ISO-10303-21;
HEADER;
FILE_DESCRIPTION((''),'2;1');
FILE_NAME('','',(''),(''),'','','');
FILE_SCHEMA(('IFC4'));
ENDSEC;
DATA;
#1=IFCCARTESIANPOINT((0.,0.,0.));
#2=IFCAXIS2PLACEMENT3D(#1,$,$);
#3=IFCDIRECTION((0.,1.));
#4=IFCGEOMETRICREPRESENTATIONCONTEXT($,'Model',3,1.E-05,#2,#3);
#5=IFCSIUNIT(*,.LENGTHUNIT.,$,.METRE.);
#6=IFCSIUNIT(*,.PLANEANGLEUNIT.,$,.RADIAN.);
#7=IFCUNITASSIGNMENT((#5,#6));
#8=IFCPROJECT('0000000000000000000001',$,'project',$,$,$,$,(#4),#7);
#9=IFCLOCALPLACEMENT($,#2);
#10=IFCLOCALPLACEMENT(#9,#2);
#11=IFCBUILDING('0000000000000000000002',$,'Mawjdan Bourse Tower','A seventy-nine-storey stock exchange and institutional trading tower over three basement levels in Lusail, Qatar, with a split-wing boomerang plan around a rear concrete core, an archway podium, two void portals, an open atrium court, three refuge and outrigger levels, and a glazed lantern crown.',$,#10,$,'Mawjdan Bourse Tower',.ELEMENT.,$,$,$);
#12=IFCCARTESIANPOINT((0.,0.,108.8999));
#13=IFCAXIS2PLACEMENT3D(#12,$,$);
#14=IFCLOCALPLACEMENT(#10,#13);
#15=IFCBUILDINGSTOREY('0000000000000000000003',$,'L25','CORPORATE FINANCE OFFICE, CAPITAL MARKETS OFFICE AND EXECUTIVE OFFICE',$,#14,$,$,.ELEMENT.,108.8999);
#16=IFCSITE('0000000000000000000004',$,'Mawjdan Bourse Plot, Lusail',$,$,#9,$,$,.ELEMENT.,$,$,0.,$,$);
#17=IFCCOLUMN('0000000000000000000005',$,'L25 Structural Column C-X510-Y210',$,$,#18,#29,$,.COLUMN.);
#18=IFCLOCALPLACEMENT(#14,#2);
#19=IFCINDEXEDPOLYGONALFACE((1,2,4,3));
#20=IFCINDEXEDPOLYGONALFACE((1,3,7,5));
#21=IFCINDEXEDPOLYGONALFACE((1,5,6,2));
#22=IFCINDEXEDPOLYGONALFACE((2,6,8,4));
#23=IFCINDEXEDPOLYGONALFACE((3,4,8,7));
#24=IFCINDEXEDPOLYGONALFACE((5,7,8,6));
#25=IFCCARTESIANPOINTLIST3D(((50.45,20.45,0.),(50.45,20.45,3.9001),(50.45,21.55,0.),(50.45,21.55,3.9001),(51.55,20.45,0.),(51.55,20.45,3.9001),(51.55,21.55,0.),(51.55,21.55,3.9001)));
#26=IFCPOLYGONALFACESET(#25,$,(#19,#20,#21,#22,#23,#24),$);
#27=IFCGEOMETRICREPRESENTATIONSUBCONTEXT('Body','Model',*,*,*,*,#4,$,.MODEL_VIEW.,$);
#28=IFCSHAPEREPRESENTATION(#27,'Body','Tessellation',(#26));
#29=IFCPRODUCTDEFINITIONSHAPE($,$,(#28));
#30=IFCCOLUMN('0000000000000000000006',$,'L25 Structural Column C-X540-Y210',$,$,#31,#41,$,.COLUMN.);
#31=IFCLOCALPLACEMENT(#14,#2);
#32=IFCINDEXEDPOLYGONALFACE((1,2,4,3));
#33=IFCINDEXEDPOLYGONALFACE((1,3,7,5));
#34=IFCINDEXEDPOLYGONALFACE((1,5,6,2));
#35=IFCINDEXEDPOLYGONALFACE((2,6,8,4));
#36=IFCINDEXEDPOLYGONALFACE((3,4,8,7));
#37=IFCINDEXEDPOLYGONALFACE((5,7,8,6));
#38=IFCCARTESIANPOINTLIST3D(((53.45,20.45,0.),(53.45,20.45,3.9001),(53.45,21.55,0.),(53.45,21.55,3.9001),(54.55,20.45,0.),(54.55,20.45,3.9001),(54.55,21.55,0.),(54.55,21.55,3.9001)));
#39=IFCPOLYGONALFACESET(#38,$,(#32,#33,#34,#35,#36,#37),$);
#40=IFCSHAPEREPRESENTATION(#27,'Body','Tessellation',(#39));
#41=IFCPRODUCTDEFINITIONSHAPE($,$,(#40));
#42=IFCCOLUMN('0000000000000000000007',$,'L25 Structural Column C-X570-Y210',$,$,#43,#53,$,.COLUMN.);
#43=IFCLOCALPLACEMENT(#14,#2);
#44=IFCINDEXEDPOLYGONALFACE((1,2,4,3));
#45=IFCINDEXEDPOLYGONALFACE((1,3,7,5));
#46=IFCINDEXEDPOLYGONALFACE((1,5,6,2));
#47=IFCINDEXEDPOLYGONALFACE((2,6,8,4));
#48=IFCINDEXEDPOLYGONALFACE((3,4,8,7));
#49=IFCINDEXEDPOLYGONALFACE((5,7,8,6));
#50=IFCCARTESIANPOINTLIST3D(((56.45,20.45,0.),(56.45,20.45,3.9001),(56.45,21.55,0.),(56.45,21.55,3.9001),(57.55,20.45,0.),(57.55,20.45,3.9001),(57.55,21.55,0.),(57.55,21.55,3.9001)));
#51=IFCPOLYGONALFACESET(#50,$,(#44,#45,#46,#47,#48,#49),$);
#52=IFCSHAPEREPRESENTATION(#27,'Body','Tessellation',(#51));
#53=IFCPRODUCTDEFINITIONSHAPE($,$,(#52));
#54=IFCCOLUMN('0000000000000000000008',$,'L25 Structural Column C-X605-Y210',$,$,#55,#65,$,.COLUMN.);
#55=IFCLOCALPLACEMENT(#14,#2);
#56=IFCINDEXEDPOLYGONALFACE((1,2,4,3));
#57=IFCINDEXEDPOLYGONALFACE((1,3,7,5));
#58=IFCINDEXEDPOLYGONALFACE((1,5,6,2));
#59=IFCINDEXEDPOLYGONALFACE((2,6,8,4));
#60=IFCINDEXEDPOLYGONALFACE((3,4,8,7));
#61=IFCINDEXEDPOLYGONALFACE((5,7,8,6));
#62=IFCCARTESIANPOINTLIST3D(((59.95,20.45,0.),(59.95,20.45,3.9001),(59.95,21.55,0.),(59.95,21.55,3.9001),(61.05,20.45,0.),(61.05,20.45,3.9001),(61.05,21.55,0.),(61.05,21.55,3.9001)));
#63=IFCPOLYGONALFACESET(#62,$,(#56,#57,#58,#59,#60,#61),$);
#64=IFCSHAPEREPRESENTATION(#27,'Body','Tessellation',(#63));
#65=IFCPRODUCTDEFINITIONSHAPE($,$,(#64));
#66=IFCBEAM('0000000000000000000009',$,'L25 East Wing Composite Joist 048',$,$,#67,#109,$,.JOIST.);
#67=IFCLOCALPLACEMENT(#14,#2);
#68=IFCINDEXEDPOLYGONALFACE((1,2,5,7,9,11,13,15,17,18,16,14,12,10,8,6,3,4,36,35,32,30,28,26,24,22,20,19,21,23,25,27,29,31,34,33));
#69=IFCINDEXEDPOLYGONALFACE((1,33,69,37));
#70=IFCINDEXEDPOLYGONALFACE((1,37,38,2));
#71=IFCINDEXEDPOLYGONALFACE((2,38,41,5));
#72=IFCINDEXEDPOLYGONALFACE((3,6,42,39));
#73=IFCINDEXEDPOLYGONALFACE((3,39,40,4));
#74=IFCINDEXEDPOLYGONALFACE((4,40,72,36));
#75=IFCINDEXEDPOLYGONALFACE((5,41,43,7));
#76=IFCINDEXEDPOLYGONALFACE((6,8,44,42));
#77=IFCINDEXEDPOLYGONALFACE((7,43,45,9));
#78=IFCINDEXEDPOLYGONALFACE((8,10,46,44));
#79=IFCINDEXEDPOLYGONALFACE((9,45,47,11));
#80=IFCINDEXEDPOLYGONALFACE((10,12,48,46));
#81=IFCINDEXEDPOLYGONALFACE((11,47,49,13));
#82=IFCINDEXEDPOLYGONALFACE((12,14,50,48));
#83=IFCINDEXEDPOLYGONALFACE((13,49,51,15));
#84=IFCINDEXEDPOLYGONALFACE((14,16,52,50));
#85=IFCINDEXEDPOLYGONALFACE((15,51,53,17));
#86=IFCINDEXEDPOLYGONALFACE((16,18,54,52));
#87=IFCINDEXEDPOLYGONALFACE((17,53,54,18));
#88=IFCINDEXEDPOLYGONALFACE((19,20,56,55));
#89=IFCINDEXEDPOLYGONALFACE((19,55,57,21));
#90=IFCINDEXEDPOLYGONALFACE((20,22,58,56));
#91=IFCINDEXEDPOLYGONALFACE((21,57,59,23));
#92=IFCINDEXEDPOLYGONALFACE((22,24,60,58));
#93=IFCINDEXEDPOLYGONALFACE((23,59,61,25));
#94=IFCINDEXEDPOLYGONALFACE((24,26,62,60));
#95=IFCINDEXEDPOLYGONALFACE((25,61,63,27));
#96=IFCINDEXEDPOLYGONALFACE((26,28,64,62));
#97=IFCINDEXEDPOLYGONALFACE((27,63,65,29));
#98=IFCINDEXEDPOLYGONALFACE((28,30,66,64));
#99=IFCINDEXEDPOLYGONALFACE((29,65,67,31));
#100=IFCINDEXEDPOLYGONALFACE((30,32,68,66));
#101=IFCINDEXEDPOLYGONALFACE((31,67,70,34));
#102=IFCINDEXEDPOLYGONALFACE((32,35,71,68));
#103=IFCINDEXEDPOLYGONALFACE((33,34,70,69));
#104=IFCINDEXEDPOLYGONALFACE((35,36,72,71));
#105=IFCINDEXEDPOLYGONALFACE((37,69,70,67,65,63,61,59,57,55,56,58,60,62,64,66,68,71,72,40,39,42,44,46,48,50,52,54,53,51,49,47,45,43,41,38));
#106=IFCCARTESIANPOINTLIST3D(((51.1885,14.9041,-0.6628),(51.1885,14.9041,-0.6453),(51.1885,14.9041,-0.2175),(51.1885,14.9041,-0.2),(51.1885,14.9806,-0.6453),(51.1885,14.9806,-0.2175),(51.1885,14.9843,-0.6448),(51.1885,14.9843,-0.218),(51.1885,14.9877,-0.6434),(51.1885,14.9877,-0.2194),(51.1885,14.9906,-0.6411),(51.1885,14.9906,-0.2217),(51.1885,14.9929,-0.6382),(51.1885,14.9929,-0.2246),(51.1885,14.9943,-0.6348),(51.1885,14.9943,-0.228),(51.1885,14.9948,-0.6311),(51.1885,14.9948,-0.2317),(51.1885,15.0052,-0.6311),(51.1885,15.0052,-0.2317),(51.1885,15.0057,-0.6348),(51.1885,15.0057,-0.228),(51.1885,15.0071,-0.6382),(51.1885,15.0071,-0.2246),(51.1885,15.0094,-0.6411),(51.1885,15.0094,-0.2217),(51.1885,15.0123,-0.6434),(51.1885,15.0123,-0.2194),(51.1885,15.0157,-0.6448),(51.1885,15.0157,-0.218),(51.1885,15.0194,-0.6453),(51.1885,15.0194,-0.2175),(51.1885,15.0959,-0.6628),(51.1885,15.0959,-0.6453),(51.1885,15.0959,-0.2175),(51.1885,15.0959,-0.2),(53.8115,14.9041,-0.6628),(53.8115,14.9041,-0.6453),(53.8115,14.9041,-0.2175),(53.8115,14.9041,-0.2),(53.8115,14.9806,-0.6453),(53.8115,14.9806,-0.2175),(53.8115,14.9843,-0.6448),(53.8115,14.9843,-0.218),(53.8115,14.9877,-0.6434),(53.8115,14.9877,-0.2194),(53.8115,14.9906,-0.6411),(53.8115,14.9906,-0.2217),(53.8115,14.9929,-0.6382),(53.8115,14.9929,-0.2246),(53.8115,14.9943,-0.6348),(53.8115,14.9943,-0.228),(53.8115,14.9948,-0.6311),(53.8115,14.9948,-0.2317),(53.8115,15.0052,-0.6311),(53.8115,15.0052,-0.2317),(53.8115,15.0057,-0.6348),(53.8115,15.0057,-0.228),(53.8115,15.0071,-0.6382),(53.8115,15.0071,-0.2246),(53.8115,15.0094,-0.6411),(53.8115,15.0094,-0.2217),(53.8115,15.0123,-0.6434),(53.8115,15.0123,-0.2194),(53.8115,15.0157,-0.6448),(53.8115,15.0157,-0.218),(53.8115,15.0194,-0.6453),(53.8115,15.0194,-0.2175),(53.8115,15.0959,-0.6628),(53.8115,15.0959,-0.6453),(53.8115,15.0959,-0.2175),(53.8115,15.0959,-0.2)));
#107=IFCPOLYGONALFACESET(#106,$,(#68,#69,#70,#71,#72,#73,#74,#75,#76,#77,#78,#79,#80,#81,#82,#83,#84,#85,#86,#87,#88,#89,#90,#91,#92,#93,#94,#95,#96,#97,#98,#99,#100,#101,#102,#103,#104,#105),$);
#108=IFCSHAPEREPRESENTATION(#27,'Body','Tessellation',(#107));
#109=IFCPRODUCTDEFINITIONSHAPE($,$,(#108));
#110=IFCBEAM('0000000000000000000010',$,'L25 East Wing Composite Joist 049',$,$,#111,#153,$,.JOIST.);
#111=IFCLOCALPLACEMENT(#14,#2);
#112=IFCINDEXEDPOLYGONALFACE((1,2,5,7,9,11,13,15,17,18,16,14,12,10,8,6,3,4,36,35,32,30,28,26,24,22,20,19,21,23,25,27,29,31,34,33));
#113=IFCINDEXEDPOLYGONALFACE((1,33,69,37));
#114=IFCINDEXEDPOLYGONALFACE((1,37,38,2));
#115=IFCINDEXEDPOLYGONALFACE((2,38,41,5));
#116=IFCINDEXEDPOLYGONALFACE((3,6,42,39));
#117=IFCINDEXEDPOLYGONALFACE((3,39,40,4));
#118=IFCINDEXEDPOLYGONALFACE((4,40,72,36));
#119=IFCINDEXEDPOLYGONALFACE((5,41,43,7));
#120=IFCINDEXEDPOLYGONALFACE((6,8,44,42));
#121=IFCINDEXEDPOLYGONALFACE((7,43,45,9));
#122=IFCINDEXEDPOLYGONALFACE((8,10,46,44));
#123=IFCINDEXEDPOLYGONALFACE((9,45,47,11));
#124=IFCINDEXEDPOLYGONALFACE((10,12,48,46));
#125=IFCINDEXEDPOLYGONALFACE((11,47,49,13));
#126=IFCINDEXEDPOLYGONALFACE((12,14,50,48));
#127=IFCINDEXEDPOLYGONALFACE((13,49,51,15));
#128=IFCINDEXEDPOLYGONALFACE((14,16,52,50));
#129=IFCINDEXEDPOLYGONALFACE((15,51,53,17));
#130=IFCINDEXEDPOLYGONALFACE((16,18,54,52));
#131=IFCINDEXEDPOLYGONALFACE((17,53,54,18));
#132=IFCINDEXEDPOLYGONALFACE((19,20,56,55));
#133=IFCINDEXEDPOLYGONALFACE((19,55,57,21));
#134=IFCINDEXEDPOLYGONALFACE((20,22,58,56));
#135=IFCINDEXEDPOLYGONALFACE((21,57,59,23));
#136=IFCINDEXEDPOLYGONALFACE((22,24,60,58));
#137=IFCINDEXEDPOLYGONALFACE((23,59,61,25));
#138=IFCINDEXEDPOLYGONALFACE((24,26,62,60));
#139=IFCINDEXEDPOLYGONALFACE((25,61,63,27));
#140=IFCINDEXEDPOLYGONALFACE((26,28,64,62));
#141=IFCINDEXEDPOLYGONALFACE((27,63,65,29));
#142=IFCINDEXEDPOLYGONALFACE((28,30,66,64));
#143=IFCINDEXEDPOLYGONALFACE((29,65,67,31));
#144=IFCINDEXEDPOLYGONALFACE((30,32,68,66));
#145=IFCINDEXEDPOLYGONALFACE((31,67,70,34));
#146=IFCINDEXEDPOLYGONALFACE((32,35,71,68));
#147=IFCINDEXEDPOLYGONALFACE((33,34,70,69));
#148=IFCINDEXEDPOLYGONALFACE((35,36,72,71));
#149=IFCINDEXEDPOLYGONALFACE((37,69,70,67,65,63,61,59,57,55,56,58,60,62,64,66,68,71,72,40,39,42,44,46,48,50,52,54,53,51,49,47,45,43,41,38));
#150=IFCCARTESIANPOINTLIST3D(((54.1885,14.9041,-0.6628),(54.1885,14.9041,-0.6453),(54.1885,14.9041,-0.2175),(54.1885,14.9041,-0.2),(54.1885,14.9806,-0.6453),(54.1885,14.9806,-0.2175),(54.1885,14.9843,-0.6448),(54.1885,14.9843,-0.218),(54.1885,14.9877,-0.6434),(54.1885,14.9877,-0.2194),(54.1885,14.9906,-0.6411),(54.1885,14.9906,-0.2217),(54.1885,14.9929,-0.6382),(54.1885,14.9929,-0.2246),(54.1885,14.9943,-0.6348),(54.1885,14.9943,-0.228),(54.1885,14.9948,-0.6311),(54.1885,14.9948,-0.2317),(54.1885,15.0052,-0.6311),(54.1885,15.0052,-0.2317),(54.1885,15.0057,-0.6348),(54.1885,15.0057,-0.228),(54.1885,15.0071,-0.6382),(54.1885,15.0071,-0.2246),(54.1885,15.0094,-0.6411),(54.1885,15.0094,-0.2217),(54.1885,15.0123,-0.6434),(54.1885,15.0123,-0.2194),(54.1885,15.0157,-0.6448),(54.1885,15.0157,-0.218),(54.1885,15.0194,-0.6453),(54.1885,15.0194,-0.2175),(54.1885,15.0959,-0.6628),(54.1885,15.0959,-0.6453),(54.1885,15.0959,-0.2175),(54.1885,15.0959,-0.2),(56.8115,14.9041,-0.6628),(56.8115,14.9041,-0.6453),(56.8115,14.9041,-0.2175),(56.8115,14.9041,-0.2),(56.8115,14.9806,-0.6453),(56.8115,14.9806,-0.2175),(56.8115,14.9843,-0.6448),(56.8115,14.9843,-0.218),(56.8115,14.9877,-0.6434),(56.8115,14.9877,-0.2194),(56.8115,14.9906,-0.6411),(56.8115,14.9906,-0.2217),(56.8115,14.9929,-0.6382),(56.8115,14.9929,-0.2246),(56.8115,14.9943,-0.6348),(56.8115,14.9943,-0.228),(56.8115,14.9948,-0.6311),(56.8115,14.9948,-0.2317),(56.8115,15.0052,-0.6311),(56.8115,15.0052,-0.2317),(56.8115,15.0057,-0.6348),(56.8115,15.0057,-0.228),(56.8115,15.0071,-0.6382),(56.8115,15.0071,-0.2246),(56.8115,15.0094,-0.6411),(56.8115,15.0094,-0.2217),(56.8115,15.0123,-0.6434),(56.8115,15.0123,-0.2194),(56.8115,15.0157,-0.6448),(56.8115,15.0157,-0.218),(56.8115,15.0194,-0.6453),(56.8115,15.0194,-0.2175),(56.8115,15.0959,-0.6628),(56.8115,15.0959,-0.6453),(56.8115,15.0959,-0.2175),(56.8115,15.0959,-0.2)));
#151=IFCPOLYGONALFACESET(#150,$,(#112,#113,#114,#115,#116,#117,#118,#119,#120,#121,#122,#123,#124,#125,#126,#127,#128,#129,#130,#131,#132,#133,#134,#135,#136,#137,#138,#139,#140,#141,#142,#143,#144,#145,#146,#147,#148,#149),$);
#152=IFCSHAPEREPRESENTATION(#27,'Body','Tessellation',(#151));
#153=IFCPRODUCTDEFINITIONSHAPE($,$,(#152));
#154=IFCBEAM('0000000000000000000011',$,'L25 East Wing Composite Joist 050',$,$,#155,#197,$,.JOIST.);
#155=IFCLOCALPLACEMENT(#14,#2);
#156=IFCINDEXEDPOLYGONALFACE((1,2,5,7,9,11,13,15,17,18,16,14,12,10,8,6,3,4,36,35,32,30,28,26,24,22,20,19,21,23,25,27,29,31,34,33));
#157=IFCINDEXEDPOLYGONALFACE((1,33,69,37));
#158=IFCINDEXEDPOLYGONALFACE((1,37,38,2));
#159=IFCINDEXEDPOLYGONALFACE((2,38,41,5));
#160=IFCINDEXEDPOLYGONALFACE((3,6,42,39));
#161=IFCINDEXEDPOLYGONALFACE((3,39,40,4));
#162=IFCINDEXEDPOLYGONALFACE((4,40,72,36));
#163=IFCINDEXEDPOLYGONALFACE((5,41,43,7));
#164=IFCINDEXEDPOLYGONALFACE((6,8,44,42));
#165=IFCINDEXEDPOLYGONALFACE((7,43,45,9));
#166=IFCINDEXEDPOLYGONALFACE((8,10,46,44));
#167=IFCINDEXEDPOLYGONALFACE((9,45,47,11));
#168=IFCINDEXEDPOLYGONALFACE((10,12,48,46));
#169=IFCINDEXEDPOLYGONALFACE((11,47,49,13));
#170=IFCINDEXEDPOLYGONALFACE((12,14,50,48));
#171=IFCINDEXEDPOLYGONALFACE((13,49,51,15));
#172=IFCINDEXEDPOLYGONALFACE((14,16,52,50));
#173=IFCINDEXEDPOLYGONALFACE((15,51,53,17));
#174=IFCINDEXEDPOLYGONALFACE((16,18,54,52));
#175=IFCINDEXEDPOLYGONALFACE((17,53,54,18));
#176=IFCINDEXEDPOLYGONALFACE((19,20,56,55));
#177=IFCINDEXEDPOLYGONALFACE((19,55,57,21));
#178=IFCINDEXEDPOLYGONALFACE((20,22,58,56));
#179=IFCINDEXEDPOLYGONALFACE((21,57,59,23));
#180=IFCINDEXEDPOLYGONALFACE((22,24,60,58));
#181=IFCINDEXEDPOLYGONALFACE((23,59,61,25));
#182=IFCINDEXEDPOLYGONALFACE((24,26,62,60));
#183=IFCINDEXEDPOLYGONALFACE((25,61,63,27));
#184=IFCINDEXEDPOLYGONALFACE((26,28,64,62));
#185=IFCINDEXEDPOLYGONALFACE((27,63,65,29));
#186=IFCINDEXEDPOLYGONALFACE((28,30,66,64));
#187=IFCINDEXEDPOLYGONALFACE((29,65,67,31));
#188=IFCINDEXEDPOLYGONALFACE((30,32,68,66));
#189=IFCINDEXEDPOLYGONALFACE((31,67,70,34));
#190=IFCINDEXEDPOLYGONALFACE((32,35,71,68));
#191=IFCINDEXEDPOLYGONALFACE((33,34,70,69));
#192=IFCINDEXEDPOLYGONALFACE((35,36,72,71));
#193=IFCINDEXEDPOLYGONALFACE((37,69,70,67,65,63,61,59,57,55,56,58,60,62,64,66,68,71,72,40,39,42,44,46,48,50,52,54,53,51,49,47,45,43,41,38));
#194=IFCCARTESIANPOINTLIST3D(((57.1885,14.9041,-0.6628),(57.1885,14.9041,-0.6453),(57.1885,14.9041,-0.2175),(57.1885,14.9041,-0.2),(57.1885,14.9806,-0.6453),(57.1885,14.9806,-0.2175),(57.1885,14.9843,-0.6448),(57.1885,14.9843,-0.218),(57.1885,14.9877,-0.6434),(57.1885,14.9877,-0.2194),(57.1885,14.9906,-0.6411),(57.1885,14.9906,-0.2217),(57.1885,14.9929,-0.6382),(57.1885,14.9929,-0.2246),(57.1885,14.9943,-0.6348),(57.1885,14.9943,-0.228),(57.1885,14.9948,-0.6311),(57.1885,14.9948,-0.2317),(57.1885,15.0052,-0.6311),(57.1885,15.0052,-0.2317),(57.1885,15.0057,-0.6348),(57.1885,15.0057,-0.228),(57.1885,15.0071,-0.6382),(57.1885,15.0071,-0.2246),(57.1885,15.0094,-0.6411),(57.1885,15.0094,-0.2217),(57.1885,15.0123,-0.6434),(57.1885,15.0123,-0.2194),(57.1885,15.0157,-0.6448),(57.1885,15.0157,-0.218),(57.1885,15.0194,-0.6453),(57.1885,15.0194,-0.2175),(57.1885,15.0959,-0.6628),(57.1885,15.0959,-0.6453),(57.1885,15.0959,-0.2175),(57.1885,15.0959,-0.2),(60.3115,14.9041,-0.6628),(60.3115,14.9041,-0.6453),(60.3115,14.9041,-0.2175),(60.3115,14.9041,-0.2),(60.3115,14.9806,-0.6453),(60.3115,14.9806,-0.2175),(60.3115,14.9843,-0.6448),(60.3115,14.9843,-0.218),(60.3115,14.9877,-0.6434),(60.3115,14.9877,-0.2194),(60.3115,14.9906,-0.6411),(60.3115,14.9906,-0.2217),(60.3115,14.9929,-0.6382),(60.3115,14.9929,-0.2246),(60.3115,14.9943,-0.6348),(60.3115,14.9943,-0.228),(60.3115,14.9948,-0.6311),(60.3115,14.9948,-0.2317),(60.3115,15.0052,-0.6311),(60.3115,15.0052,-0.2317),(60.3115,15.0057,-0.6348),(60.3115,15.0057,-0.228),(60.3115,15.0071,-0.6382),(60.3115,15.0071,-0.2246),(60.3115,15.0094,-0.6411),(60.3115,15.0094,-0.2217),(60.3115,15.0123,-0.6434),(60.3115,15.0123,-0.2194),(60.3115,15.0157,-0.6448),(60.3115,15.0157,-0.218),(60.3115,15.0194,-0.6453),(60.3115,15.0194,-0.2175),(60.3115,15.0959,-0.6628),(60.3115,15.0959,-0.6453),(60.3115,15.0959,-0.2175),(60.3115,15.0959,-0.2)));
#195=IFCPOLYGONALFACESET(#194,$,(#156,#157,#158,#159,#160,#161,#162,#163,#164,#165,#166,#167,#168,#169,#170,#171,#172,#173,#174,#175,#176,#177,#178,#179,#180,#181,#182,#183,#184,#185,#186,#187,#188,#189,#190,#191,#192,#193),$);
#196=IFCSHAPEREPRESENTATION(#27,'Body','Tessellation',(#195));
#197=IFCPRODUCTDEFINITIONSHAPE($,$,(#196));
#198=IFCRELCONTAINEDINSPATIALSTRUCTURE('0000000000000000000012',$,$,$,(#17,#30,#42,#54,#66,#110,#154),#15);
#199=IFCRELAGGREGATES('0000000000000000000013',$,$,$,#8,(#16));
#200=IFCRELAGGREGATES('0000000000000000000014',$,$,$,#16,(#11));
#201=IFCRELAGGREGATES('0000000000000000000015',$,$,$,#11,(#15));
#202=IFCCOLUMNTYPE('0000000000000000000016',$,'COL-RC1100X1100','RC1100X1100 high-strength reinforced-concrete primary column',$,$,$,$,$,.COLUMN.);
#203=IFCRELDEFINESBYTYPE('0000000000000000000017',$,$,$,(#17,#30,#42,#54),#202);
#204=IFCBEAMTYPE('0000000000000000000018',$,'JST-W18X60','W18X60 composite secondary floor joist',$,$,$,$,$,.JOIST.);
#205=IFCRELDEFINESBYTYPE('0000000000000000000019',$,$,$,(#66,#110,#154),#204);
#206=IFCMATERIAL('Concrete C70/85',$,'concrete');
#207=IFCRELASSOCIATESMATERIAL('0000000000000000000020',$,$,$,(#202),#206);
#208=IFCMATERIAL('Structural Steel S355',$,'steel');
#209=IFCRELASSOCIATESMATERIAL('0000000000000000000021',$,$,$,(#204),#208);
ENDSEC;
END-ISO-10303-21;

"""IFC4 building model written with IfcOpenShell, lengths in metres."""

from ifc_helpers import new_model, si_unit, direction, frame, origin, origin_2d, place, context, subcontext, project, spatial, rectangle, i_section, extrude, material, material_profile, profile_set, type_object, element, save


model = new_model("IFC4")

# Units and contexts
model_context = context("Model", 3, precision=1e-05, world=origin(), true_north=direction((0.0, 1.0)))
body_context = subcontext(model_context, "Body", "Model", "MODEL_VIEW")
ifc_project = project(units=[si_unit("LENGTHUNIT", "METRE"), si_unit("PLANEANGLEUNIT", "RADIAN")], contexts=[model_context])

# Site, building, storey
site_placement = place(None, origin())
site = spatial("IfcSite", under=ifc_project, at=site_placement, Name="Mawjdan Bourse Plot, Lusail", CompositionType="ELEMENT", RefElevation=0.0)
building_placement = place(site_placement, origin())
building = spatial("IfcBuilding", under=site, at=building_placement, Name="Mawjdan Bourse Tower", Description="A seventy-nine-storey stock exchange and institutional trading tower over three basement levels in Lusail, Qatar, with a split-wing boomerang plan around a rear concrete core, an archway podium, two void portals, an open atrium court, three refuge and outrigger levels, and a glazed lantern crown.", LongName="Mawjdan Bourse Tower", CompositionType="ELEMENT")
storey_placement = place(building_placement, frame((0.0, 0.0, 108.8999)))
storey = spatial("IfcBuildingStorey", under=building, at=storey_placement, Name="L25", Description="CORPORATE FINANCE OFFICE, CAPITAL MARKETS OFFICE AND EXECUTIVE OFFICE", CompositionType="ELEMENT", Elevation=108.8999)

# Columns
ifc_material_1 = material(Name="Concrete C70/85", Category="concrete")
ifc_material_profile_1 = material_profile(ifc_material_1, rectangle(XDim=1.1001, YDim=1.1001, at=origin_2d()), Name="RC1100X1100")
ifc_profile_set_1 = profile_set([ifc_material_profile_1], Name="Concrete C70/85")
column_type = type_object("IfcColumnType", Name="COL-RC1100X1100", Description="RC1100X1100 high-strength reinforced-concrete primary column", PredefinedType="COLUMN", material=ifc_profile_set_1)
for number, where, z_axis, x_axis, name in (
    (1, (51.0, 21.0, 0.0), (0.0, 0.0, 1.0), (1.0, 0.0, 0.0), "L25 Structural Column C-X510-Y210"),
    (2, (54.0, 21.0, 0.0), (0.0, 0.0, 1.0), (1.0, 0.0, 0.0), "L25 Structural Column C-X540-Y210"),
    (3, (57.0, 21.0, 0.0), (0.0, 0.0, 1.0), (1.0, 0.0, 0.0), "L25 Structural Column C-X570-Y210"),
    (4, (60.5, 21.0, 0.0), (0.0, 0.0, 1.0), (1.0, 0.0, 0.0), "L25 Structural Column C-X605-Y210"),
):
    element("IfcColumn", number, at=place(storey_placement, frame(where, z_axis=z_axis, x_axis=x_axis)), inside=storey, type_object=column_type, Name=name, PredefinedType="COLUMN", context=body_context, shape_type="SweptSolid", body=[
        extrude(rectangle(XDim=1.1001, YDim=1.1001, at=origin_2d()), origin(), (0.0, 0.0, 1.0), 3.9001),
    ])

# Beams
ifc_material_2 = material(Name="Structural Steel S355", Category="steel")
ifc_material_profile_2 = material_profile(ifc_material_2, i_section(OverallWidth=0.1919, OverallDepth=0.4629, WebThickness=0.0105, FlangeThickness=0.0176, FilletRadius=0.0142, at=origin_2d()), Name="W18X60")
ifc_profile_set_2 = profile_set([ifc_material_profile_2], Name="Structural Steel S355")
beam_type_1 = type_object("IfcBeamType", Name="JST-W18X60", Description="W18X60 composite secondary floor joist", PredefinedType="JOIST", material=ifc_profile_set_2)
for number, where, z_axis, x_axis, name in (
    (5, (51.1885, 15.0, -0.4314), (1.0, 0.0, 0.0), (0.0, 1.0, 0.0), "L25 East Wing Composite Joist 048"),
    (6, (54.1885, 15.0, -0.4314), (1.0, 0.0, 0.0), (0.0, 1.0, 0.0), "L25 East Wing Composite Joist 049"),
):
    element("IfcBeam", number, at=place(storey_placement, frame(where, z_axis=z_axis, x_axis=x_axis)), inside=storey, type_object=beam_type_1, Name=name, PredefinedType="JOIST", context=body_context, shape_type="SweptSolid", body=[
        extrude(i_section(OverallWidth=0.1919, OverallDepth=0.4629, WebThickness=0.0105, FlangeThickness=0.0176, FilletRadius=0.0142, at=origin_2d()), origin(), (0.0, 0.0, 1.0), 2.623),
    ])
beam_1_placement = place(storey_placement, frame((57.1885, 15.0, -0.4314), z_axis=(1.0, 0.0, 0.0), x_axis=(0.0, 1.0, 0.0)))
element("IfcBeam", 7, at=beam_1_placement, inside=storey, type_object=beam_type_1, Name="L25 East Wing Composite Joist 050", PredefinedType="JOIST", context=body_context, shape_type="SweptSolid", body=[
    extrude(i_section(OverallWidth=0.1919, OverallDepth=0.4629, WebThickness=0.0105, FlangeThickness=0.0176, FilletRadius=0.0142, at=origin_2d()), origin(), (0.0, 0.0, 1.0), 3.123),
])

save(model, "model.ifc")
